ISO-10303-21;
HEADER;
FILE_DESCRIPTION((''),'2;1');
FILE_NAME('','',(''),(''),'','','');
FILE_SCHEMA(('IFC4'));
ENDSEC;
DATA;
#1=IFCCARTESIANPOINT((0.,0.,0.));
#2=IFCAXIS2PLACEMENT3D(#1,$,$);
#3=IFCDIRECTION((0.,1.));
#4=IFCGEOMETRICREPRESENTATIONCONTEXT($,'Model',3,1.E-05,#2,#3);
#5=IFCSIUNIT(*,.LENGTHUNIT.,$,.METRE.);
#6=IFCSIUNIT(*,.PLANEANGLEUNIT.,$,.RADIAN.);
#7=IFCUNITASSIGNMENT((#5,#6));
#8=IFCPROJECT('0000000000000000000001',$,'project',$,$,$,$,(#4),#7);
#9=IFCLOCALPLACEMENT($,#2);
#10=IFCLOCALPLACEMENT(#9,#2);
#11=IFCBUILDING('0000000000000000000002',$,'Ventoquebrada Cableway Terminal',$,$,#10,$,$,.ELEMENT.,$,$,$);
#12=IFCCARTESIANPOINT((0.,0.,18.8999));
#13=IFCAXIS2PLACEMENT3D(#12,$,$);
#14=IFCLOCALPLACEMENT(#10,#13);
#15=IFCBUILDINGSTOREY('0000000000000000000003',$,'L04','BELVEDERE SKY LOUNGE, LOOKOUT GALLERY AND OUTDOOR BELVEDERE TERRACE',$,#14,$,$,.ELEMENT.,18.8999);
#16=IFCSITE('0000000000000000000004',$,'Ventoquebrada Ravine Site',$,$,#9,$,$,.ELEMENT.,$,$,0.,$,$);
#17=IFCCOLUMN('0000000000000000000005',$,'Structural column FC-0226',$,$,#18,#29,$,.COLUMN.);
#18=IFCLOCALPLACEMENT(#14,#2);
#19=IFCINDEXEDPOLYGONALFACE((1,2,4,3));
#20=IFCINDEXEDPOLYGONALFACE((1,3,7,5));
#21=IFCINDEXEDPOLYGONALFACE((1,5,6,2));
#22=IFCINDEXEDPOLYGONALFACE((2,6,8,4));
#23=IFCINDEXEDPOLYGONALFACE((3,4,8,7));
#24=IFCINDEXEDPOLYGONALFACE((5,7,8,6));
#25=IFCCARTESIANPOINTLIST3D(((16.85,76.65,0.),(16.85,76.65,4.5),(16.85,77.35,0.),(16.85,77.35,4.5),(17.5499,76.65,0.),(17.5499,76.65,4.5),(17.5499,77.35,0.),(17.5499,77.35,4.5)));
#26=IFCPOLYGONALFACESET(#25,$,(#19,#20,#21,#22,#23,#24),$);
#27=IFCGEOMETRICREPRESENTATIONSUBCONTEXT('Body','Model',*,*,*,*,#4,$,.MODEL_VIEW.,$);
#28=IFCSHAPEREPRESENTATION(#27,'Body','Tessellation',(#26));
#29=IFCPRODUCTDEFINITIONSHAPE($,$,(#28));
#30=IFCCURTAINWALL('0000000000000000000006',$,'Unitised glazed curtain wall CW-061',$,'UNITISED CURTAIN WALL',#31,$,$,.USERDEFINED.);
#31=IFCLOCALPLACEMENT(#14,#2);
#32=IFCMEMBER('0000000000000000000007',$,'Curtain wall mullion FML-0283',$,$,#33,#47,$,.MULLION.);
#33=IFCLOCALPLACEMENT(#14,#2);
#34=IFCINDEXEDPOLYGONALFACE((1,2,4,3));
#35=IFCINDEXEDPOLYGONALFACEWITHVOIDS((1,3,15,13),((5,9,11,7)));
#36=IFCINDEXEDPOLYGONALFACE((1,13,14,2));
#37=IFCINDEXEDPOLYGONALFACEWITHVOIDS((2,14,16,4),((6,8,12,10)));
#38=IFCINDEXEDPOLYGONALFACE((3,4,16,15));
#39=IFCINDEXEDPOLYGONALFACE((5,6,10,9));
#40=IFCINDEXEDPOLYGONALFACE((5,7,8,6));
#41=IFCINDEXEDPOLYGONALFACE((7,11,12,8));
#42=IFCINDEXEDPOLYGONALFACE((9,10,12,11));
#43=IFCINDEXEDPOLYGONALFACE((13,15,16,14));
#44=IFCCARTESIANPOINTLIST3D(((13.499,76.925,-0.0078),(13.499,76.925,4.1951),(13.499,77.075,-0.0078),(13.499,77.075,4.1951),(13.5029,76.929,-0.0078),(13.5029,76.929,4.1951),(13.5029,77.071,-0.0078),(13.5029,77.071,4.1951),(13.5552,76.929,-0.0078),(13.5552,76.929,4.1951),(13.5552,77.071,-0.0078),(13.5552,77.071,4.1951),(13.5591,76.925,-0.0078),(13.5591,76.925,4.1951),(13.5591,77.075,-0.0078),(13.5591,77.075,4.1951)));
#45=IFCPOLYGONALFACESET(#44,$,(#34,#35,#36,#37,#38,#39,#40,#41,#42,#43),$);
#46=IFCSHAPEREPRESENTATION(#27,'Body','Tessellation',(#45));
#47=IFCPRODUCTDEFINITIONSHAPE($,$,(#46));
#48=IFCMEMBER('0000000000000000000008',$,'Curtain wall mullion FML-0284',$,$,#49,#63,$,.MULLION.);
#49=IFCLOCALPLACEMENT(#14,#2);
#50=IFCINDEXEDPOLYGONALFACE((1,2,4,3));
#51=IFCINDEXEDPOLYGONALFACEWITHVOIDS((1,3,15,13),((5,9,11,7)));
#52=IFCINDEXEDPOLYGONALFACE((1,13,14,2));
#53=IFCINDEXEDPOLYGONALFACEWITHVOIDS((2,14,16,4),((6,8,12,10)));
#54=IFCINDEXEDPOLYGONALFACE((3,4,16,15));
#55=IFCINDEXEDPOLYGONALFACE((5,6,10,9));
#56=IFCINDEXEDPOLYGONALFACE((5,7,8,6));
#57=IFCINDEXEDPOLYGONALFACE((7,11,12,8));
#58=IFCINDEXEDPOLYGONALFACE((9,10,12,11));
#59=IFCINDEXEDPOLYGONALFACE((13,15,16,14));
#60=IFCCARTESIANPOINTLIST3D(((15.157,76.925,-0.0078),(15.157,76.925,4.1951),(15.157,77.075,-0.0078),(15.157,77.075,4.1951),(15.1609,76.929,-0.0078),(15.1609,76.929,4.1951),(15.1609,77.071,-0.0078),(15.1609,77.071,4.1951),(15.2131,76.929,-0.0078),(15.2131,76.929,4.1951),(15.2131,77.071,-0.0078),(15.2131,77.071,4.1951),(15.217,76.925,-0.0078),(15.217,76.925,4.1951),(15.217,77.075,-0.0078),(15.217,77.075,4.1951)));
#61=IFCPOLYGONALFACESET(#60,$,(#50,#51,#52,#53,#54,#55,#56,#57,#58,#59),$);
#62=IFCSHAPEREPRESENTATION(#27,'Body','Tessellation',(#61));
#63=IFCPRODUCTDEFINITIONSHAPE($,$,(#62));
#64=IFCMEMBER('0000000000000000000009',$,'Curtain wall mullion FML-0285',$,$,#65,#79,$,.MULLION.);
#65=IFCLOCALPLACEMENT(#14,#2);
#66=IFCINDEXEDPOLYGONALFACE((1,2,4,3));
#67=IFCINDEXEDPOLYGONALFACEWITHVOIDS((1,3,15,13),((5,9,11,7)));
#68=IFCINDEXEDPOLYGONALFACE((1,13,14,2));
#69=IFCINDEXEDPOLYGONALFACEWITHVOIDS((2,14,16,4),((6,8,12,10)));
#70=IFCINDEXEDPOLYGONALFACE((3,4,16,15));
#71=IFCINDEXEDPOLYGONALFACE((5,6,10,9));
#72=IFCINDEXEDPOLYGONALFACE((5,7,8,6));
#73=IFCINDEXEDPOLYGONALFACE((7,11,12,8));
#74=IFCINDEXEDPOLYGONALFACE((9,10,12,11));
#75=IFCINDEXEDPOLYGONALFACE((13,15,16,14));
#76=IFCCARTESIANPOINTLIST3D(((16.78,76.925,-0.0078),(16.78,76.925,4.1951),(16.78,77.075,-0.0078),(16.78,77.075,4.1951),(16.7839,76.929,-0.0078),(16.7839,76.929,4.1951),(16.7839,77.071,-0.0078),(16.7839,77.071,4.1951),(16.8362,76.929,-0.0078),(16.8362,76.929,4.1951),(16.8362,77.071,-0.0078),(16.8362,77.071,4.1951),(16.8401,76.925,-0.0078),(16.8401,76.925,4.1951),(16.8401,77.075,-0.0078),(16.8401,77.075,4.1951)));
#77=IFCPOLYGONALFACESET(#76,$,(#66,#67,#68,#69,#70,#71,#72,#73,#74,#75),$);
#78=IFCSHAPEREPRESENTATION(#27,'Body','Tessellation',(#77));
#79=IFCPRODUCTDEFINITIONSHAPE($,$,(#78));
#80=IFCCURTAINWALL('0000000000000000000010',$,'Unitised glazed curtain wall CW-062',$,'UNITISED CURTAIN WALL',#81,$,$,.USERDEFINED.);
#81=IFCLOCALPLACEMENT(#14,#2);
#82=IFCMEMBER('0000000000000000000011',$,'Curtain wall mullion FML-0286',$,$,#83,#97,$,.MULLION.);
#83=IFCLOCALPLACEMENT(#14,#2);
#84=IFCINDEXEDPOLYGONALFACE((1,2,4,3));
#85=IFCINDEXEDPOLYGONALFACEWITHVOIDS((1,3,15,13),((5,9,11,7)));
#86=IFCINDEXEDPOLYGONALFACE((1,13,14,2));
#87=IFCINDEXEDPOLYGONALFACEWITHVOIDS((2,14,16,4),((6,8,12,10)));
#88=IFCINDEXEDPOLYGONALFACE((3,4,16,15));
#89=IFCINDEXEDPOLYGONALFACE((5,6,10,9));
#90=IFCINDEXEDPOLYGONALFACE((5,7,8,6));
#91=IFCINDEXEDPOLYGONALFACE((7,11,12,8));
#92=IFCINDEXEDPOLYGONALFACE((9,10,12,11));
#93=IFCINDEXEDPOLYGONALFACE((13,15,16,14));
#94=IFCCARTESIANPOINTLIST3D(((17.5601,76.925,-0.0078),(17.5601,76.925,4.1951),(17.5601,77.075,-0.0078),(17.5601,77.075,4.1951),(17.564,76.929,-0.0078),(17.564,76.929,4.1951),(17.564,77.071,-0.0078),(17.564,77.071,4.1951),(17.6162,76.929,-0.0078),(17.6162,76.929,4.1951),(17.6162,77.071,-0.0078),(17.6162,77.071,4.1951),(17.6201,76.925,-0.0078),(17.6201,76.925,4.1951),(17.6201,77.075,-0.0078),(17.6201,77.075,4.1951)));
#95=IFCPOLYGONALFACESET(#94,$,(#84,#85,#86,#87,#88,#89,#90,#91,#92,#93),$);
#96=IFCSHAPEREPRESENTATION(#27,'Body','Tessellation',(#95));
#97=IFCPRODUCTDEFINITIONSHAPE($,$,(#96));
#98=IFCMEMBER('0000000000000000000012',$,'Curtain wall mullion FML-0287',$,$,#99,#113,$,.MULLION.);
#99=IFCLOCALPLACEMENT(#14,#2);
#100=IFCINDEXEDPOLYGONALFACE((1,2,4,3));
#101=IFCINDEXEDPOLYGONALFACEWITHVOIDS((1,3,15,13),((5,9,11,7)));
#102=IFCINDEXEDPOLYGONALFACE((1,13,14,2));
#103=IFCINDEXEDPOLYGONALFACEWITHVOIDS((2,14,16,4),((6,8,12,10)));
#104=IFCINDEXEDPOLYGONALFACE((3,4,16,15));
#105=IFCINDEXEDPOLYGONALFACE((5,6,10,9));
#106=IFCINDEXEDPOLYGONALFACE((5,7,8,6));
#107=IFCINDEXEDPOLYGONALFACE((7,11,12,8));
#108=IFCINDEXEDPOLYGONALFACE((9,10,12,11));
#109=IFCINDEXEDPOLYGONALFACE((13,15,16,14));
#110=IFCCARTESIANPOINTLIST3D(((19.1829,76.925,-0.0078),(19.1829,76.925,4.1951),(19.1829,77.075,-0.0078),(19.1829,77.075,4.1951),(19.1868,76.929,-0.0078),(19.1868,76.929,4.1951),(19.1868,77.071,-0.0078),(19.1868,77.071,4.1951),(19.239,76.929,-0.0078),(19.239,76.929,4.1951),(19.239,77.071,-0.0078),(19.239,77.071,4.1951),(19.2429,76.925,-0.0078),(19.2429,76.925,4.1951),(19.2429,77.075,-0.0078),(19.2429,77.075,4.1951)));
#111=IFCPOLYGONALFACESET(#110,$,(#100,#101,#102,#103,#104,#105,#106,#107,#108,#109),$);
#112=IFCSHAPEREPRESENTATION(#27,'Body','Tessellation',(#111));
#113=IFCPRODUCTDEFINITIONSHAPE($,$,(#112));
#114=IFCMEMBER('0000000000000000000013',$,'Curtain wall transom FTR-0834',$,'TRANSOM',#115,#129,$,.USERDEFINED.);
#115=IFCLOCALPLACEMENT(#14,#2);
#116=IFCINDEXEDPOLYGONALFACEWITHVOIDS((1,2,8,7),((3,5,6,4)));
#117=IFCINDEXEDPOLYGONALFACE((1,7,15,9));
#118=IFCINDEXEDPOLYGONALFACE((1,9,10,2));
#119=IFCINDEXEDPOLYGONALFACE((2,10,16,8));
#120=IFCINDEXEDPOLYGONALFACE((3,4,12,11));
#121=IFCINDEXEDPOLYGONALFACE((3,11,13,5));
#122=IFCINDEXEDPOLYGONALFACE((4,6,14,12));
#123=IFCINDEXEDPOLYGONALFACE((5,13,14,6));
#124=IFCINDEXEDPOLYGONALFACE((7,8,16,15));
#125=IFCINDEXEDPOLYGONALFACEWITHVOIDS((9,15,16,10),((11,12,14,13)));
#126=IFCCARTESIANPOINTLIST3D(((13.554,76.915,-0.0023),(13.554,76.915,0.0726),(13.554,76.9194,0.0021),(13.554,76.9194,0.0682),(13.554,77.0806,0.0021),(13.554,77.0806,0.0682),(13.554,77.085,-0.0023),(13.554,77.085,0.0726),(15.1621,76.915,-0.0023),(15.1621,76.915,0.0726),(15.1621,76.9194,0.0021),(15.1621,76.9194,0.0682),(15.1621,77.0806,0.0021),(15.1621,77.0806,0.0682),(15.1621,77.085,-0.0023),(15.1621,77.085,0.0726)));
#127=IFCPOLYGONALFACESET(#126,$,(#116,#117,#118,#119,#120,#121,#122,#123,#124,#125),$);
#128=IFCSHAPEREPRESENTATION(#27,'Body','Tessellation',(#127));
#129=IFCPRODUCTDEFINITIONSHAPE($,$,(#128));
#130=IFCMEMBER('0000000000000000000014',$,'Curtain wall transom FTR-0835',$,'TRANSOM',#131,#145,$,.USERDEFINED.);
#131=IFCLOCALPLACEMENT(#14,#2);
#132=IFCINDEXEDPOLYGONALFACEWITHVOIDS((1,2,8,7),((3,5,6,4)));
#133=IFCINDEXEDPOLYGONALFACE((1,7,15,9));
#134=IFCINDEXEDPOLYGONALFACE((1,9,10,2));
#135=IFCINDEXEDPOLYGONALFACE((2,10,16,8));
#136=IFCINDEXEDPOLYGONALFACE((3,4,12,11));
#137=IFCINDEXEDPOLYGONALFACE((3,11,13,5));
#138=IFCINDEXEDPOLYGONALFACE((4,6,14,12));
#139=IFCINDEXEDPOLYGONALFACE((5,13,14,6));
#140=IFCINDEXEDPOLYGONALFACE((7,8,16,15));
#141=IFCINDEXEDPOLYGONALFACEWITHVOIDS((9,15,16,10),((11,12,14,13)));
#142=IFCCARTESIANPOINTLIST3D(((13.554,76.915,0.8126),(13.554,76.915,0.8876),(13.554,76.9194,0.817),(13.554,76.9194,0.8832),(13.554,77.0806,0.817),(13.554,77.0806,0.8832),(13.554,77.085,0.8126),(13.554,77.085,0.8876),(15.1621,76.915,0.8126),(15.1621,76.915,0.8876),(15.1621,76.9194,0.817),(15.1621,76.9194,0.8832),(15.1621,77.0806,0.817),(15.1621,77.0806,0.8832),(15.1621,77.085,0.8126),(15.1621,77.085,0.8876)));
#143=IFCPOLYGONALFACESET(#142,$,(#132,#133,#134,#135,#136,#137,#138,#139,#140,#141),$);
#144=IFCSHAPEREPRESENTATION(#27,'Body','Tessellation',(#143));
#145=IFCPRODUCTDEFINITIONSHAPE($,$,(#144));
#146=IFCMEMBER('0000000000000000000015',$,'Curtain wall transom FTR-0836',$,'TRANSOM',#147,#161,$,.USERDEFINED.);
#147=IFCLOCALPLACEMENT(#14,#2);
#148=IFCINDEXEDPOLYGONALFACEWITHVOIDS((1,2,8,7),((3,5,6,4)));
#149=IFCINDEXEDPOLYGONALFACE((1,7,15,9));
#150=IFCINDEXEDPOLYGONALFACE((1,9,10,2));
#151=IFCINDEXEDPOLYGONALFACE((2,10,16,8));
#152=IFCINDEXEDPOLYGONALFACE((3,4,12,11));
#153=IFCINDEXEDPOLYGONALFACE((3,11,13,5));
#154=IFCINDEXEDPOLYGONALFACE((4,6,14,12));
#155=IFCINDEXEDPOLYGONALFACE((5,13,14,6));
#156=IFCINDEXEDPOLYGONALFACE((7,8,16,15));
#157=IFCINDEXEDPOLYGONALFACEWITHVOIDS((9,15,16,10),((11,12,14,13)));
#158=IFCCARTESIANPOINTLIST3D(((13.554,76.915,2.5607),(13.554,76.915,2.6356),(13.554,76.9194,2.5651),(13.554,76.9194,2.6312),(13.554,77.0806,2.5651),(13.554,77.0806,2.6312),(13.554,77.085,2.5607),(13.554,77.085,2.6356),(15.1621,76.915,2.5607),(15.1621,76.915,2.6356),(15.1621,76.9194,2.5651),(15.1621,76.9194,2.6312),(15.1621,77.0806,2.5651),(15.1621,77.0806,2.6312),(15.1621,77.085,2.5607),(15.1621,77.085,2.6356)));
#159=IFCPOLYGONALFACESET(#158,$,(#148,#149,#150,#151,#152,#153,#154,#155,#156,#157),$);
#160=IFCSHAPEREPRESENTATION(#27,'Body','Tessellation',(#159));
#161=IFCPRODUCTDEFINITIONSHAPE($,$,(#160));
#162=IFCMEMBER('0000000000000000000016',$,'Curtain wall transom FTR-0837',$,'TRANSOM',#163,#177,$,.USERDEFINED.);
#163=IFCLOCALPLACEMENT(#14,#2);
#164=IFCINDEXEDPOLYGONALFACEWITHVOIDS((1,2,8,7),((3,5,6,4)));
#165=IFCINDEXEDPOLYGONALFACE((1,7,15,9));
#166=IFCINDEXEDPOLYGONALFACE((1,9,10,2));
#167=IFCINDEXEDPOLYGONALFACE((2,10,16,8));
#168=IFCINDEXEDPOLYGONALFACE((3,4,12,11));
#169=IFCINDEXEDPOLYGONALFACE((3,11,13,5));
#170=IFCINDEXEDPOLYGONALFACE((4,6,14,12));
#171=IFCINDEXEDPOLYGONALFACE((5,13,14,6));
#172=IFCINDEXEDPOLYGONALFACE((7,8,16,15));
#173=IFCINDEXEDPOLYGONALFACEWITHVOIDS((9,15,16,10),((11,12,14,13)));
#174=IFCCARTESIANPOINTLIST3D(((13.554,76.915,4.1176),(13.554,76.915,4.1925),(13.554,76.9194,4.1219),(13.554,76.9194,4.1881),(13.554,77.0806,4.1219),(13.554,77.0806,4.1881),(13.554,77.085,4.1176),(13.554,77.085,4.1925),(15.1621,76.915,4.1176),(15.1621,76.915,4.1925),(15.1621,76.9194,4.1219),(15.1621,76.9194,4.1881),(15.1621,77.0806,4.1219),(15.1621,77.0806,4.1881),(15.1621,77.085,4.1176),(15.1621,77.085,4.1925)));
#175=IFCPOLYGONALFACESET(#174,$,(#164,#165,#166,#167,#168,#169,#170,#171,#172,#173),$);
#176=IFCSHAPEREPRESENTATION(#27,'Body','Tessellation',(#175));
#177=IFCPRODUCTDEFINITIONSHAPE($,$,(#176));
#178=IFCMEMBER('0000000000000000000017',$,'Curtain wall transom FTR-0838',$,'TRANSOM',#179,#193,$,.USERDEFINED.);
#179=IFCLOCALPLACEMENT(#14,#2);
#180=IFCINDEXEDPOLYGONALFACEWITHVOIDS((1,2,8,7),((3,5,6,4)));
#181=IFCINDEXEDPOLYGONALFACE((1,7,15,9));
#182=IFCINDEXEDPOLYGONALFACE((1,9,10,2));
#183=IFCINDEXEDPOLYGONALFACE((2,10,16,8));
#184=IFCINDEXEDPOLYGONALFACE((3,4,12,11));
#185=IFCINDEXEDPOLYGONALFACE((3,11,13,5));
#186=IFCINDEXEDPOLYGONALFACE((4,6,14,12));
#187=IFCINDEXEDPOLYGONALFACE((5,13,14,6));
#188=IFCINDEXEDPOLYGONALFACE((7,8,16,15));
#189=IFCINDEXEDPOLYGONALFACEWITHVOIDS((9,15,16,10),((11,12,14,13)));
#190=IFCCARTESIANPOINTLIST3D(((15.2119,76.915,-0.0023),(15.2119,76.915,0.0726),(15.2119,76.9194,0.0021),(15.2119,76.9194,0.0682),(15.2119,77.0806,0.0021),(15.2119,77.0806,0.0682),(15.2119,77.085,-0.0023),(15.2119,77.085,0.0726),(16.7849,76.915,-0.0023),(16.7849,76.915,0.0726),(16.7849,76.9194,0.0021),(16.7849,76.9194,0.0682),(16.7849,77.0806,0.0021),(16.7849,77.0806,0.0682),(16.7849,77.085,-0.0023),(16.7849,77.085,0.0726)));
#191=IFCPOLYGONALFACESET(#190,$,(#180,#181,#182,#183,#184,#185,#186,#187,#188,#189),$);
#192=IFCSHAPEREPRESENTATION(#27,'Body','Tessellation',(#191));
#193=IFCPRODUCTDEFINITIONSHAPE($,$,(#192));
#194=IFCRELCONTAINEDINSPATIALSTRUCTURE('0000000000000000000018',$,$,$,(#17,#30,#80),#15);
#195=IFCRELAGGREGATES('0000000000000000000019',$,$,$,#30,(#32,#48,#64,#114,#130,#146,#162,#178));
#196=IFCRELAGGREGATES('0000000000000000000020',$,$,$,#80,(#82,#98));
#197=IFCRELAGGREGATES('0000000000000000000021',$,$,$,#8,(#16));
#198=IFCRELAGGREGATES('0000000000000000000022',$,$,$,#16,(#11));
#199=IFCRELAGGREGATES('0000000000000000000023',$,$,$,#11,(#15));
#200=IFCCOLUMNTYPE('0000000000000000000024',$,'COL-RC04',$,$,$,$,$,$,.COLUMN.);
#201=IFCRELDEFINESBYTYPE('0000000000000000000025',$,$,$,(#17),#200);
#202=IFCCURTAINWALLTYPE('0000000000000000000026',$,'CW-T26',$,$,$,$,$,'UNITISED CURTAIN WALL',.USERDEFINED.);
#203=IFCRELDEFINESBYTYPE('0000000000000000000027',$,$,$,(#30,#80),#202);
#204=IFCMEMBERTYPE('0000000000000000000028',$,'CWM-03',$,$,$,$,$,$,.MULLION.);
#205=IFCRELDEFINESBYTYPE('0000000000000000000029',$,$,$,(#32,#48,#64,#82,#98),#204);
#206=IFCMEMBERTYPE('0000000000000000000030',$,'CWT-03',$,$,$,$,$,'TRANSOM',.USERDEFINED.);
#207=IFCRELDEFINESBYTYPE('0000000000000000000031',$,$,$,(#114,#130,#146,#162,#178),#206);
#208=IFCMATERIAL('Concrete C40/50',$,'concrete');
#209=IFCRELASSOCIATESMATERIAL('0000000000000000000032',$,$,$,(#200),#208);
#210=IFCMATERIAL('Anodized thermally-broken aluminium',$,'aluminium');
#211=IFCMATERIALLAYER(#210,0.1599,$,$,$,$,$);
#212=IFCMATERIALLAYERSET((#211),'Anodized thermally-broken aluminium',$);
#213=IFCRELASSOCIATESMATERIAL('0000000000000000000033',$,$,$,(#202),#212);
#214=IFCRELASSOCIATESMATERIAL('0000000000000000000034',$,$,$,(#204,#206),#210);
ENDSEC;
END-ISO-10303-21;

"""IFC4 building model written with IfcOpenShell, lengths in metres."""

from ifc_helpers import new_model, si_unit, direction, frame, origin, origin_2d, place, context, subcontext, project, spatial, rectangle, hollow_rectangle, extrude, material, layer, layer_set, material_profile, profile_set, type_object, element, aggregate, save


model = new_model("IFC4")

# Units and contexts
model_context = context("Model", 3, precision=1e-05, world=origin(), true_north=direction((0.0, 1.0)))
body_context = subcontext(model_context, "Body", "Model", "MODEL_VIEW")
ifc_project = project(units=[si_unit("LENGTHUNIT", "METRE"), si_unit("PLANEANGLEUNIT", "RADIAN")], contexts=[model_context])

# Site, building, storey
site_placement = place(None, origin())
site = spatial("IfcSite", under=ifc_project, at=site_placement, Name="Ventoquebrada Ravine Site", CompositionType="ELEMENT", RefElevation=0.0)
building_placement = place(site_placement, origin())
building = spatial("IfcBuilding", under=site, at=building_placement, Name="Ventoquebrada Cableway Terminal", CompositionType="ELEMENT")
storey_placement = place(building_placement, frame((0.0, 0.0, 18.8999)))
storey = spatial("IfcBuildingStorey", under=building, at=storey_placement, Name="L04", Description="BELVEDERE SKY LOUNGE, LOOKOUT GALLERY AND OUTDOOR BELVEDERE TERRACE", CompositionType="ELEMENT", Elevation=18.8999)

# Column
ifc_material_1 = material(Name="Concrete C40/50", Category="concrete")
ifc_material_profile_1 = material_profile(ifc_material_1, rectangle(XDim=0.7, YDim=0.7, at=origin_2d()), Name="RC-COL-700X700")
ifc_profile_set_1 = profile_set([ifc_material_profile_1], Name="Concrete C40/50")
column_type = type_object("IfcColumnType", Name="COL-RC04", PredefinedType="COLUMN", material=ifc_profile_set_1)
column_placement = place(storey_placement, frame((17.2, 77.0, 0.0), z_axis=(0.0, 0.0, 1.0), x_axis=(1.0, 0.0, 0.0)))
element("IfcColumn", 1, at=column_placement, inside=storey, type_object=column_type, Name="Structural column FC-0226", PredefinedType="COLUMN", context=body_context, shape_type="SweptSolid", body=[
    extrude(rectangle(XDim=0.7, YDim=0.7, at=origin_2d()), origin(), (0.0, 0.0, 1.0), 4.5),
])

# Curtain walls, members
ifc_material_2 = material(Name="Anodized thermally-broken aluminium", Category="aluminium")
ifc_layer_1 = layer(ifc_material_2, 0.1599)
ifc_layer_set_1 = layer_set([ifc_layer_1], Name="Anodized thermally-broken aluminium")
curtain_wall_type = type_object("IfcCurtainWallType", Name="CW-T26", ElementType="UNITISED CURTAIN WALL", PredefinedType="USERDEFINED", material=ifc_layer_set_1)
curtain_wall_1_placement = place(storey_placement, origin())
curtain_wall_1 = element("IfcCurtainWall", 2, at=curtain_wall_1_placement, inside=storey, type_object=curtain_wall_type, Name="Unitised glazed curtain wall CW-061", ObjectType="UNITISED CURTAIN WALL", PredefinedType="USERDEFINED")
ifc_material_profile_2 = material_profile(ifc_material_2, hollow_rectangle(XDim=0.0601, YDim=0.1499, WallThickness=0.0039, at=origin_2d()), Name="CW-MUL-60X150")
ifc_profile_set_2 = profile_set([ifc_material_profile_2], Name="Anodized thermally-broken aluminium")
member_type_1 = type_object("IfcMemberType", Name="CWM-03", PredefinedType="MULLION", material=ifc_profile_set_2)
member_1_placement = place(storey_placement, frame((13.5291, 77.0, -0.0078), z_axis=(0.0, 0.0, 1.0), x_axis=(1.0, 0.0, 0.0)))
member_1 = element("IfcMember", 3, at=member_1_placement, type_object=member_type_1, Name="Curtain wall mullion FML-0283", PredefinedType="MULLION", context=body_context, shape_type="SweptSolid", body=[
    extrude(hollow_rectangle(XDim=0.0601, YDim=0.1499, WallThickness=0.0039, at=origin_2d()), origin(), (0.0, 0.0, 1.0), 4.2029),
])
member_2_placement = place(storey_placement, frame((15.187, 77.0, -0.0078), z_axis=(0.0, 0.0, 1.0), x_axis=(1.0, 0.0, 0.0)))
member_2 = element("IfcMember", 4, at=member_2_placement, type_object=member_type_1, Name="Curtain wall mullion FML-0284", PredefinedType="MULLION", context=body_context, shape_type="SweptSolid", body=[
    extrude(hollow_rectangle(XDim=0.0601, YDim=0.1499, WallThickness=0.0039, at=origin_2d()), origin(), (0.0, 0.0, 1.0), 4.2029),
])
member_3_placement = place(storey_placement, frame((16.8101, 77.0, -0.0078), z_axis=(0.0, 0.0, 1.0), x_axis=(1.0, 0.0, 0.0)))
member_3 = element("IfcMember", 5, at=member_3_placement, type_object=member_type_1, Name="Curtain wall mullion FML-0285", PredefinedType="MULLION", context=body_context, shape_type="SweptSolid", body=[
    extrude(hollow_rectangle(XDim=0.0601, YDim=0.1499, WallThickness=0.0039, at=origin_2d()), origin(), (0.0, 0.0, 1.0), 4.2029),
])
curtain_wall_2_placement = place(storey_placement, origin())
curtain_wall_2 = element("IfcCurtainWall", 6, at=curtain_wall_2_placement, inside=storey, type_object=curtain_wall_type, Name="Unitised glazed curtain wall CW-062", ObjectType="UNITISED CURTAIN WALL", PredefinedType="USERDEFINED")
member_4_placement = place(storey_placement, frame((17.5901, 77.0, -0.0078), z_axis=(0.0, 0.0, 1.0), x_axis=(1.0, 0.0, 0.0)))
member_4 = element("IfcMember", 7, at=member_4_placement, type_object=member_type_1, Name="Curtain wall mullion FML-0286", PredefinedType="MULLION", context=body_context, shape_type="SweptSolid", body=[
    extrude(hollow_rectangle(XDim=0.0601, YDim=0.1499, WallThickness=0.0039, at=origin_2d()), origin(), (0.0, 0.0, 1.0), 4.2029),
])
member_5_placement = place(storey_placement, frame((19.2129, 77.0, -0.0078), z_axis=(0.0, 0.0, 1.0), x_axis=(1.0, 0.0, 0.0)))
member_5 = element("IfcMember", 8, at=member_5_placement, type_object=member_type_1, Name="Curtain wall mullion FML-0287", PredefinedType="MULLION", context=body_context, shape_type="SweptSolid", body=[
    extrude(hollow_rectangle(XDim=0.0601, YDim=0.1499, WallThickness=0.0039, at=origin_2d()), origin(), (0.0, 0.0, 1.0), 4.2029),
])

# Members
ifc_material_profile_3 = material_profile(ifc_material_2, hollow_rectangle(XDim=0.075, YDim=0.1699, WallThickness=0.0044, at=origin_2d()), Name="CW-TRN-75X170")
ifc_profile_set_3 = profile_set([ifc_material_profile_3], Name="Anodized thermally-broken aluminium")
member_type_2 = type_object("IfcMemberType", Name="CWT-03", ElementType="TRANSOM", PredefinedType="USERDEFINED", material=ifc_profile_set_3)
member_6_placement = place(storey_placement, frame((13.554, 77.0, 0.0352), z_axis=(1.0, 0.0, 0.0), x_axis=(0.0, 0.0, 1.0)))
member_6 = element("IfcMember", 9, at=member_6_placement, type_object=member_type_2, Name="Curtain wall transom FTR-0834", ObjectType="TRANSOM", PredefinedType="USERDEFINED", context=body_context, shape_type="SweptSolid", body=[
    extrude(hollow_rectangle(XDim=0.075, YDim=0.1699, WallThickness=0.0044, at=origin_2d()), origin(), (0.0, 0.0, 1.0), 1.6082),
])
member_7_placement = place(storey_placement, frame((13.554, 77.0, 0.8501), z_axis=(1.0, 0.0, 0.0), x_axis=(0.0, 0.0, 1.0)))
member_7 = element("IfcMember", 10, at=member_7_placement, type_object=member_type_2, Name="Curtain wall transom FTR-0835", ObjectType="TRANSOM", PredefinedType="USERDEFINED", context=body_context, shape_type="SweptSolid", body=[
    extrude(hollow_rectangle(XDim=0.075, YDim=0.1699, WallThickness=0.0044, at=origin_2d()), origin(), (0.0, 0.0, 1.0), 1.6082),
])
member_8_placement = place(storey_placement, frame((13.554, 77.0, 2.5981), z_axis=(1.0, 0.0, 0.0), x_axis=(0.0, 0.0, 1.0)))
member_8 = element("IfcMember", 11, at=member_8_placement, type_object=member_type_2, Name="Curtain wall transom FTR-0836", ObjectType="TRANSOM", PredefinedType="USERDEFINED", context=body_context, shape_type="SweptSolid", body=[
    extrude(hollow_rectangle(XDim=0.075, YDim=0.1699, WallThickness=0.0044, at=origin_2d()), origin(), (0.0, 0.0, 1.0), 1.6082),
])
member_9_placement = place(storey_placement, frame((13.554, 77.0, 4.155), z_axis=(1.0, 0.0, 0.0), x_axis=(0.0, 0.0, 1.0)))
member_9 = element("IfcMember", 12, at=member_9_placement, type_object=member_type_2, Name="Curtain wall transom FTR-0837", ObjectType="TRANSOM", PredefinedType="USERDEFINED", context=body_context, shape_type="SweptSolid", body=[
    extrude(hollow_rectangle(XDim=0.075, YDim=0.1699, WallThickness=0.0044, at=origin_2d()), origin(), (0.0, 0.0, 1.0), 1.6082),
])
member_10_placement = place(storey_placement, frame((15.2119, 77.0, 0.0352), z_axis=(1.0, 0.0, 0.0), x_axis=(0.0, 0.0, 1.0)))
member_10 = element("IfcMember", 13, at=member_10_placement, type_object=member_type_2, Name="Curtain wall transom FTR-0838", ObjectType="TRANSOM", PredefinedType="USERDEFINED", context=body_context, shape_type="SweptSolid", body=[
    extrude(hollow_rectangle(XDim=0.075, YDim=0.1699, WallThickness=0.0044, at=origin_2d()), origin(), (0.0, 0.0, 1.0), 1.573),
])

aggregate(curtain_wall_1, [member_1, member_2, member_3, member_6, member_7, member_8, member_9, member_10])
aggregate(curtain_wall_2, [member_4, member_5])

save(model, "model.ifc")
